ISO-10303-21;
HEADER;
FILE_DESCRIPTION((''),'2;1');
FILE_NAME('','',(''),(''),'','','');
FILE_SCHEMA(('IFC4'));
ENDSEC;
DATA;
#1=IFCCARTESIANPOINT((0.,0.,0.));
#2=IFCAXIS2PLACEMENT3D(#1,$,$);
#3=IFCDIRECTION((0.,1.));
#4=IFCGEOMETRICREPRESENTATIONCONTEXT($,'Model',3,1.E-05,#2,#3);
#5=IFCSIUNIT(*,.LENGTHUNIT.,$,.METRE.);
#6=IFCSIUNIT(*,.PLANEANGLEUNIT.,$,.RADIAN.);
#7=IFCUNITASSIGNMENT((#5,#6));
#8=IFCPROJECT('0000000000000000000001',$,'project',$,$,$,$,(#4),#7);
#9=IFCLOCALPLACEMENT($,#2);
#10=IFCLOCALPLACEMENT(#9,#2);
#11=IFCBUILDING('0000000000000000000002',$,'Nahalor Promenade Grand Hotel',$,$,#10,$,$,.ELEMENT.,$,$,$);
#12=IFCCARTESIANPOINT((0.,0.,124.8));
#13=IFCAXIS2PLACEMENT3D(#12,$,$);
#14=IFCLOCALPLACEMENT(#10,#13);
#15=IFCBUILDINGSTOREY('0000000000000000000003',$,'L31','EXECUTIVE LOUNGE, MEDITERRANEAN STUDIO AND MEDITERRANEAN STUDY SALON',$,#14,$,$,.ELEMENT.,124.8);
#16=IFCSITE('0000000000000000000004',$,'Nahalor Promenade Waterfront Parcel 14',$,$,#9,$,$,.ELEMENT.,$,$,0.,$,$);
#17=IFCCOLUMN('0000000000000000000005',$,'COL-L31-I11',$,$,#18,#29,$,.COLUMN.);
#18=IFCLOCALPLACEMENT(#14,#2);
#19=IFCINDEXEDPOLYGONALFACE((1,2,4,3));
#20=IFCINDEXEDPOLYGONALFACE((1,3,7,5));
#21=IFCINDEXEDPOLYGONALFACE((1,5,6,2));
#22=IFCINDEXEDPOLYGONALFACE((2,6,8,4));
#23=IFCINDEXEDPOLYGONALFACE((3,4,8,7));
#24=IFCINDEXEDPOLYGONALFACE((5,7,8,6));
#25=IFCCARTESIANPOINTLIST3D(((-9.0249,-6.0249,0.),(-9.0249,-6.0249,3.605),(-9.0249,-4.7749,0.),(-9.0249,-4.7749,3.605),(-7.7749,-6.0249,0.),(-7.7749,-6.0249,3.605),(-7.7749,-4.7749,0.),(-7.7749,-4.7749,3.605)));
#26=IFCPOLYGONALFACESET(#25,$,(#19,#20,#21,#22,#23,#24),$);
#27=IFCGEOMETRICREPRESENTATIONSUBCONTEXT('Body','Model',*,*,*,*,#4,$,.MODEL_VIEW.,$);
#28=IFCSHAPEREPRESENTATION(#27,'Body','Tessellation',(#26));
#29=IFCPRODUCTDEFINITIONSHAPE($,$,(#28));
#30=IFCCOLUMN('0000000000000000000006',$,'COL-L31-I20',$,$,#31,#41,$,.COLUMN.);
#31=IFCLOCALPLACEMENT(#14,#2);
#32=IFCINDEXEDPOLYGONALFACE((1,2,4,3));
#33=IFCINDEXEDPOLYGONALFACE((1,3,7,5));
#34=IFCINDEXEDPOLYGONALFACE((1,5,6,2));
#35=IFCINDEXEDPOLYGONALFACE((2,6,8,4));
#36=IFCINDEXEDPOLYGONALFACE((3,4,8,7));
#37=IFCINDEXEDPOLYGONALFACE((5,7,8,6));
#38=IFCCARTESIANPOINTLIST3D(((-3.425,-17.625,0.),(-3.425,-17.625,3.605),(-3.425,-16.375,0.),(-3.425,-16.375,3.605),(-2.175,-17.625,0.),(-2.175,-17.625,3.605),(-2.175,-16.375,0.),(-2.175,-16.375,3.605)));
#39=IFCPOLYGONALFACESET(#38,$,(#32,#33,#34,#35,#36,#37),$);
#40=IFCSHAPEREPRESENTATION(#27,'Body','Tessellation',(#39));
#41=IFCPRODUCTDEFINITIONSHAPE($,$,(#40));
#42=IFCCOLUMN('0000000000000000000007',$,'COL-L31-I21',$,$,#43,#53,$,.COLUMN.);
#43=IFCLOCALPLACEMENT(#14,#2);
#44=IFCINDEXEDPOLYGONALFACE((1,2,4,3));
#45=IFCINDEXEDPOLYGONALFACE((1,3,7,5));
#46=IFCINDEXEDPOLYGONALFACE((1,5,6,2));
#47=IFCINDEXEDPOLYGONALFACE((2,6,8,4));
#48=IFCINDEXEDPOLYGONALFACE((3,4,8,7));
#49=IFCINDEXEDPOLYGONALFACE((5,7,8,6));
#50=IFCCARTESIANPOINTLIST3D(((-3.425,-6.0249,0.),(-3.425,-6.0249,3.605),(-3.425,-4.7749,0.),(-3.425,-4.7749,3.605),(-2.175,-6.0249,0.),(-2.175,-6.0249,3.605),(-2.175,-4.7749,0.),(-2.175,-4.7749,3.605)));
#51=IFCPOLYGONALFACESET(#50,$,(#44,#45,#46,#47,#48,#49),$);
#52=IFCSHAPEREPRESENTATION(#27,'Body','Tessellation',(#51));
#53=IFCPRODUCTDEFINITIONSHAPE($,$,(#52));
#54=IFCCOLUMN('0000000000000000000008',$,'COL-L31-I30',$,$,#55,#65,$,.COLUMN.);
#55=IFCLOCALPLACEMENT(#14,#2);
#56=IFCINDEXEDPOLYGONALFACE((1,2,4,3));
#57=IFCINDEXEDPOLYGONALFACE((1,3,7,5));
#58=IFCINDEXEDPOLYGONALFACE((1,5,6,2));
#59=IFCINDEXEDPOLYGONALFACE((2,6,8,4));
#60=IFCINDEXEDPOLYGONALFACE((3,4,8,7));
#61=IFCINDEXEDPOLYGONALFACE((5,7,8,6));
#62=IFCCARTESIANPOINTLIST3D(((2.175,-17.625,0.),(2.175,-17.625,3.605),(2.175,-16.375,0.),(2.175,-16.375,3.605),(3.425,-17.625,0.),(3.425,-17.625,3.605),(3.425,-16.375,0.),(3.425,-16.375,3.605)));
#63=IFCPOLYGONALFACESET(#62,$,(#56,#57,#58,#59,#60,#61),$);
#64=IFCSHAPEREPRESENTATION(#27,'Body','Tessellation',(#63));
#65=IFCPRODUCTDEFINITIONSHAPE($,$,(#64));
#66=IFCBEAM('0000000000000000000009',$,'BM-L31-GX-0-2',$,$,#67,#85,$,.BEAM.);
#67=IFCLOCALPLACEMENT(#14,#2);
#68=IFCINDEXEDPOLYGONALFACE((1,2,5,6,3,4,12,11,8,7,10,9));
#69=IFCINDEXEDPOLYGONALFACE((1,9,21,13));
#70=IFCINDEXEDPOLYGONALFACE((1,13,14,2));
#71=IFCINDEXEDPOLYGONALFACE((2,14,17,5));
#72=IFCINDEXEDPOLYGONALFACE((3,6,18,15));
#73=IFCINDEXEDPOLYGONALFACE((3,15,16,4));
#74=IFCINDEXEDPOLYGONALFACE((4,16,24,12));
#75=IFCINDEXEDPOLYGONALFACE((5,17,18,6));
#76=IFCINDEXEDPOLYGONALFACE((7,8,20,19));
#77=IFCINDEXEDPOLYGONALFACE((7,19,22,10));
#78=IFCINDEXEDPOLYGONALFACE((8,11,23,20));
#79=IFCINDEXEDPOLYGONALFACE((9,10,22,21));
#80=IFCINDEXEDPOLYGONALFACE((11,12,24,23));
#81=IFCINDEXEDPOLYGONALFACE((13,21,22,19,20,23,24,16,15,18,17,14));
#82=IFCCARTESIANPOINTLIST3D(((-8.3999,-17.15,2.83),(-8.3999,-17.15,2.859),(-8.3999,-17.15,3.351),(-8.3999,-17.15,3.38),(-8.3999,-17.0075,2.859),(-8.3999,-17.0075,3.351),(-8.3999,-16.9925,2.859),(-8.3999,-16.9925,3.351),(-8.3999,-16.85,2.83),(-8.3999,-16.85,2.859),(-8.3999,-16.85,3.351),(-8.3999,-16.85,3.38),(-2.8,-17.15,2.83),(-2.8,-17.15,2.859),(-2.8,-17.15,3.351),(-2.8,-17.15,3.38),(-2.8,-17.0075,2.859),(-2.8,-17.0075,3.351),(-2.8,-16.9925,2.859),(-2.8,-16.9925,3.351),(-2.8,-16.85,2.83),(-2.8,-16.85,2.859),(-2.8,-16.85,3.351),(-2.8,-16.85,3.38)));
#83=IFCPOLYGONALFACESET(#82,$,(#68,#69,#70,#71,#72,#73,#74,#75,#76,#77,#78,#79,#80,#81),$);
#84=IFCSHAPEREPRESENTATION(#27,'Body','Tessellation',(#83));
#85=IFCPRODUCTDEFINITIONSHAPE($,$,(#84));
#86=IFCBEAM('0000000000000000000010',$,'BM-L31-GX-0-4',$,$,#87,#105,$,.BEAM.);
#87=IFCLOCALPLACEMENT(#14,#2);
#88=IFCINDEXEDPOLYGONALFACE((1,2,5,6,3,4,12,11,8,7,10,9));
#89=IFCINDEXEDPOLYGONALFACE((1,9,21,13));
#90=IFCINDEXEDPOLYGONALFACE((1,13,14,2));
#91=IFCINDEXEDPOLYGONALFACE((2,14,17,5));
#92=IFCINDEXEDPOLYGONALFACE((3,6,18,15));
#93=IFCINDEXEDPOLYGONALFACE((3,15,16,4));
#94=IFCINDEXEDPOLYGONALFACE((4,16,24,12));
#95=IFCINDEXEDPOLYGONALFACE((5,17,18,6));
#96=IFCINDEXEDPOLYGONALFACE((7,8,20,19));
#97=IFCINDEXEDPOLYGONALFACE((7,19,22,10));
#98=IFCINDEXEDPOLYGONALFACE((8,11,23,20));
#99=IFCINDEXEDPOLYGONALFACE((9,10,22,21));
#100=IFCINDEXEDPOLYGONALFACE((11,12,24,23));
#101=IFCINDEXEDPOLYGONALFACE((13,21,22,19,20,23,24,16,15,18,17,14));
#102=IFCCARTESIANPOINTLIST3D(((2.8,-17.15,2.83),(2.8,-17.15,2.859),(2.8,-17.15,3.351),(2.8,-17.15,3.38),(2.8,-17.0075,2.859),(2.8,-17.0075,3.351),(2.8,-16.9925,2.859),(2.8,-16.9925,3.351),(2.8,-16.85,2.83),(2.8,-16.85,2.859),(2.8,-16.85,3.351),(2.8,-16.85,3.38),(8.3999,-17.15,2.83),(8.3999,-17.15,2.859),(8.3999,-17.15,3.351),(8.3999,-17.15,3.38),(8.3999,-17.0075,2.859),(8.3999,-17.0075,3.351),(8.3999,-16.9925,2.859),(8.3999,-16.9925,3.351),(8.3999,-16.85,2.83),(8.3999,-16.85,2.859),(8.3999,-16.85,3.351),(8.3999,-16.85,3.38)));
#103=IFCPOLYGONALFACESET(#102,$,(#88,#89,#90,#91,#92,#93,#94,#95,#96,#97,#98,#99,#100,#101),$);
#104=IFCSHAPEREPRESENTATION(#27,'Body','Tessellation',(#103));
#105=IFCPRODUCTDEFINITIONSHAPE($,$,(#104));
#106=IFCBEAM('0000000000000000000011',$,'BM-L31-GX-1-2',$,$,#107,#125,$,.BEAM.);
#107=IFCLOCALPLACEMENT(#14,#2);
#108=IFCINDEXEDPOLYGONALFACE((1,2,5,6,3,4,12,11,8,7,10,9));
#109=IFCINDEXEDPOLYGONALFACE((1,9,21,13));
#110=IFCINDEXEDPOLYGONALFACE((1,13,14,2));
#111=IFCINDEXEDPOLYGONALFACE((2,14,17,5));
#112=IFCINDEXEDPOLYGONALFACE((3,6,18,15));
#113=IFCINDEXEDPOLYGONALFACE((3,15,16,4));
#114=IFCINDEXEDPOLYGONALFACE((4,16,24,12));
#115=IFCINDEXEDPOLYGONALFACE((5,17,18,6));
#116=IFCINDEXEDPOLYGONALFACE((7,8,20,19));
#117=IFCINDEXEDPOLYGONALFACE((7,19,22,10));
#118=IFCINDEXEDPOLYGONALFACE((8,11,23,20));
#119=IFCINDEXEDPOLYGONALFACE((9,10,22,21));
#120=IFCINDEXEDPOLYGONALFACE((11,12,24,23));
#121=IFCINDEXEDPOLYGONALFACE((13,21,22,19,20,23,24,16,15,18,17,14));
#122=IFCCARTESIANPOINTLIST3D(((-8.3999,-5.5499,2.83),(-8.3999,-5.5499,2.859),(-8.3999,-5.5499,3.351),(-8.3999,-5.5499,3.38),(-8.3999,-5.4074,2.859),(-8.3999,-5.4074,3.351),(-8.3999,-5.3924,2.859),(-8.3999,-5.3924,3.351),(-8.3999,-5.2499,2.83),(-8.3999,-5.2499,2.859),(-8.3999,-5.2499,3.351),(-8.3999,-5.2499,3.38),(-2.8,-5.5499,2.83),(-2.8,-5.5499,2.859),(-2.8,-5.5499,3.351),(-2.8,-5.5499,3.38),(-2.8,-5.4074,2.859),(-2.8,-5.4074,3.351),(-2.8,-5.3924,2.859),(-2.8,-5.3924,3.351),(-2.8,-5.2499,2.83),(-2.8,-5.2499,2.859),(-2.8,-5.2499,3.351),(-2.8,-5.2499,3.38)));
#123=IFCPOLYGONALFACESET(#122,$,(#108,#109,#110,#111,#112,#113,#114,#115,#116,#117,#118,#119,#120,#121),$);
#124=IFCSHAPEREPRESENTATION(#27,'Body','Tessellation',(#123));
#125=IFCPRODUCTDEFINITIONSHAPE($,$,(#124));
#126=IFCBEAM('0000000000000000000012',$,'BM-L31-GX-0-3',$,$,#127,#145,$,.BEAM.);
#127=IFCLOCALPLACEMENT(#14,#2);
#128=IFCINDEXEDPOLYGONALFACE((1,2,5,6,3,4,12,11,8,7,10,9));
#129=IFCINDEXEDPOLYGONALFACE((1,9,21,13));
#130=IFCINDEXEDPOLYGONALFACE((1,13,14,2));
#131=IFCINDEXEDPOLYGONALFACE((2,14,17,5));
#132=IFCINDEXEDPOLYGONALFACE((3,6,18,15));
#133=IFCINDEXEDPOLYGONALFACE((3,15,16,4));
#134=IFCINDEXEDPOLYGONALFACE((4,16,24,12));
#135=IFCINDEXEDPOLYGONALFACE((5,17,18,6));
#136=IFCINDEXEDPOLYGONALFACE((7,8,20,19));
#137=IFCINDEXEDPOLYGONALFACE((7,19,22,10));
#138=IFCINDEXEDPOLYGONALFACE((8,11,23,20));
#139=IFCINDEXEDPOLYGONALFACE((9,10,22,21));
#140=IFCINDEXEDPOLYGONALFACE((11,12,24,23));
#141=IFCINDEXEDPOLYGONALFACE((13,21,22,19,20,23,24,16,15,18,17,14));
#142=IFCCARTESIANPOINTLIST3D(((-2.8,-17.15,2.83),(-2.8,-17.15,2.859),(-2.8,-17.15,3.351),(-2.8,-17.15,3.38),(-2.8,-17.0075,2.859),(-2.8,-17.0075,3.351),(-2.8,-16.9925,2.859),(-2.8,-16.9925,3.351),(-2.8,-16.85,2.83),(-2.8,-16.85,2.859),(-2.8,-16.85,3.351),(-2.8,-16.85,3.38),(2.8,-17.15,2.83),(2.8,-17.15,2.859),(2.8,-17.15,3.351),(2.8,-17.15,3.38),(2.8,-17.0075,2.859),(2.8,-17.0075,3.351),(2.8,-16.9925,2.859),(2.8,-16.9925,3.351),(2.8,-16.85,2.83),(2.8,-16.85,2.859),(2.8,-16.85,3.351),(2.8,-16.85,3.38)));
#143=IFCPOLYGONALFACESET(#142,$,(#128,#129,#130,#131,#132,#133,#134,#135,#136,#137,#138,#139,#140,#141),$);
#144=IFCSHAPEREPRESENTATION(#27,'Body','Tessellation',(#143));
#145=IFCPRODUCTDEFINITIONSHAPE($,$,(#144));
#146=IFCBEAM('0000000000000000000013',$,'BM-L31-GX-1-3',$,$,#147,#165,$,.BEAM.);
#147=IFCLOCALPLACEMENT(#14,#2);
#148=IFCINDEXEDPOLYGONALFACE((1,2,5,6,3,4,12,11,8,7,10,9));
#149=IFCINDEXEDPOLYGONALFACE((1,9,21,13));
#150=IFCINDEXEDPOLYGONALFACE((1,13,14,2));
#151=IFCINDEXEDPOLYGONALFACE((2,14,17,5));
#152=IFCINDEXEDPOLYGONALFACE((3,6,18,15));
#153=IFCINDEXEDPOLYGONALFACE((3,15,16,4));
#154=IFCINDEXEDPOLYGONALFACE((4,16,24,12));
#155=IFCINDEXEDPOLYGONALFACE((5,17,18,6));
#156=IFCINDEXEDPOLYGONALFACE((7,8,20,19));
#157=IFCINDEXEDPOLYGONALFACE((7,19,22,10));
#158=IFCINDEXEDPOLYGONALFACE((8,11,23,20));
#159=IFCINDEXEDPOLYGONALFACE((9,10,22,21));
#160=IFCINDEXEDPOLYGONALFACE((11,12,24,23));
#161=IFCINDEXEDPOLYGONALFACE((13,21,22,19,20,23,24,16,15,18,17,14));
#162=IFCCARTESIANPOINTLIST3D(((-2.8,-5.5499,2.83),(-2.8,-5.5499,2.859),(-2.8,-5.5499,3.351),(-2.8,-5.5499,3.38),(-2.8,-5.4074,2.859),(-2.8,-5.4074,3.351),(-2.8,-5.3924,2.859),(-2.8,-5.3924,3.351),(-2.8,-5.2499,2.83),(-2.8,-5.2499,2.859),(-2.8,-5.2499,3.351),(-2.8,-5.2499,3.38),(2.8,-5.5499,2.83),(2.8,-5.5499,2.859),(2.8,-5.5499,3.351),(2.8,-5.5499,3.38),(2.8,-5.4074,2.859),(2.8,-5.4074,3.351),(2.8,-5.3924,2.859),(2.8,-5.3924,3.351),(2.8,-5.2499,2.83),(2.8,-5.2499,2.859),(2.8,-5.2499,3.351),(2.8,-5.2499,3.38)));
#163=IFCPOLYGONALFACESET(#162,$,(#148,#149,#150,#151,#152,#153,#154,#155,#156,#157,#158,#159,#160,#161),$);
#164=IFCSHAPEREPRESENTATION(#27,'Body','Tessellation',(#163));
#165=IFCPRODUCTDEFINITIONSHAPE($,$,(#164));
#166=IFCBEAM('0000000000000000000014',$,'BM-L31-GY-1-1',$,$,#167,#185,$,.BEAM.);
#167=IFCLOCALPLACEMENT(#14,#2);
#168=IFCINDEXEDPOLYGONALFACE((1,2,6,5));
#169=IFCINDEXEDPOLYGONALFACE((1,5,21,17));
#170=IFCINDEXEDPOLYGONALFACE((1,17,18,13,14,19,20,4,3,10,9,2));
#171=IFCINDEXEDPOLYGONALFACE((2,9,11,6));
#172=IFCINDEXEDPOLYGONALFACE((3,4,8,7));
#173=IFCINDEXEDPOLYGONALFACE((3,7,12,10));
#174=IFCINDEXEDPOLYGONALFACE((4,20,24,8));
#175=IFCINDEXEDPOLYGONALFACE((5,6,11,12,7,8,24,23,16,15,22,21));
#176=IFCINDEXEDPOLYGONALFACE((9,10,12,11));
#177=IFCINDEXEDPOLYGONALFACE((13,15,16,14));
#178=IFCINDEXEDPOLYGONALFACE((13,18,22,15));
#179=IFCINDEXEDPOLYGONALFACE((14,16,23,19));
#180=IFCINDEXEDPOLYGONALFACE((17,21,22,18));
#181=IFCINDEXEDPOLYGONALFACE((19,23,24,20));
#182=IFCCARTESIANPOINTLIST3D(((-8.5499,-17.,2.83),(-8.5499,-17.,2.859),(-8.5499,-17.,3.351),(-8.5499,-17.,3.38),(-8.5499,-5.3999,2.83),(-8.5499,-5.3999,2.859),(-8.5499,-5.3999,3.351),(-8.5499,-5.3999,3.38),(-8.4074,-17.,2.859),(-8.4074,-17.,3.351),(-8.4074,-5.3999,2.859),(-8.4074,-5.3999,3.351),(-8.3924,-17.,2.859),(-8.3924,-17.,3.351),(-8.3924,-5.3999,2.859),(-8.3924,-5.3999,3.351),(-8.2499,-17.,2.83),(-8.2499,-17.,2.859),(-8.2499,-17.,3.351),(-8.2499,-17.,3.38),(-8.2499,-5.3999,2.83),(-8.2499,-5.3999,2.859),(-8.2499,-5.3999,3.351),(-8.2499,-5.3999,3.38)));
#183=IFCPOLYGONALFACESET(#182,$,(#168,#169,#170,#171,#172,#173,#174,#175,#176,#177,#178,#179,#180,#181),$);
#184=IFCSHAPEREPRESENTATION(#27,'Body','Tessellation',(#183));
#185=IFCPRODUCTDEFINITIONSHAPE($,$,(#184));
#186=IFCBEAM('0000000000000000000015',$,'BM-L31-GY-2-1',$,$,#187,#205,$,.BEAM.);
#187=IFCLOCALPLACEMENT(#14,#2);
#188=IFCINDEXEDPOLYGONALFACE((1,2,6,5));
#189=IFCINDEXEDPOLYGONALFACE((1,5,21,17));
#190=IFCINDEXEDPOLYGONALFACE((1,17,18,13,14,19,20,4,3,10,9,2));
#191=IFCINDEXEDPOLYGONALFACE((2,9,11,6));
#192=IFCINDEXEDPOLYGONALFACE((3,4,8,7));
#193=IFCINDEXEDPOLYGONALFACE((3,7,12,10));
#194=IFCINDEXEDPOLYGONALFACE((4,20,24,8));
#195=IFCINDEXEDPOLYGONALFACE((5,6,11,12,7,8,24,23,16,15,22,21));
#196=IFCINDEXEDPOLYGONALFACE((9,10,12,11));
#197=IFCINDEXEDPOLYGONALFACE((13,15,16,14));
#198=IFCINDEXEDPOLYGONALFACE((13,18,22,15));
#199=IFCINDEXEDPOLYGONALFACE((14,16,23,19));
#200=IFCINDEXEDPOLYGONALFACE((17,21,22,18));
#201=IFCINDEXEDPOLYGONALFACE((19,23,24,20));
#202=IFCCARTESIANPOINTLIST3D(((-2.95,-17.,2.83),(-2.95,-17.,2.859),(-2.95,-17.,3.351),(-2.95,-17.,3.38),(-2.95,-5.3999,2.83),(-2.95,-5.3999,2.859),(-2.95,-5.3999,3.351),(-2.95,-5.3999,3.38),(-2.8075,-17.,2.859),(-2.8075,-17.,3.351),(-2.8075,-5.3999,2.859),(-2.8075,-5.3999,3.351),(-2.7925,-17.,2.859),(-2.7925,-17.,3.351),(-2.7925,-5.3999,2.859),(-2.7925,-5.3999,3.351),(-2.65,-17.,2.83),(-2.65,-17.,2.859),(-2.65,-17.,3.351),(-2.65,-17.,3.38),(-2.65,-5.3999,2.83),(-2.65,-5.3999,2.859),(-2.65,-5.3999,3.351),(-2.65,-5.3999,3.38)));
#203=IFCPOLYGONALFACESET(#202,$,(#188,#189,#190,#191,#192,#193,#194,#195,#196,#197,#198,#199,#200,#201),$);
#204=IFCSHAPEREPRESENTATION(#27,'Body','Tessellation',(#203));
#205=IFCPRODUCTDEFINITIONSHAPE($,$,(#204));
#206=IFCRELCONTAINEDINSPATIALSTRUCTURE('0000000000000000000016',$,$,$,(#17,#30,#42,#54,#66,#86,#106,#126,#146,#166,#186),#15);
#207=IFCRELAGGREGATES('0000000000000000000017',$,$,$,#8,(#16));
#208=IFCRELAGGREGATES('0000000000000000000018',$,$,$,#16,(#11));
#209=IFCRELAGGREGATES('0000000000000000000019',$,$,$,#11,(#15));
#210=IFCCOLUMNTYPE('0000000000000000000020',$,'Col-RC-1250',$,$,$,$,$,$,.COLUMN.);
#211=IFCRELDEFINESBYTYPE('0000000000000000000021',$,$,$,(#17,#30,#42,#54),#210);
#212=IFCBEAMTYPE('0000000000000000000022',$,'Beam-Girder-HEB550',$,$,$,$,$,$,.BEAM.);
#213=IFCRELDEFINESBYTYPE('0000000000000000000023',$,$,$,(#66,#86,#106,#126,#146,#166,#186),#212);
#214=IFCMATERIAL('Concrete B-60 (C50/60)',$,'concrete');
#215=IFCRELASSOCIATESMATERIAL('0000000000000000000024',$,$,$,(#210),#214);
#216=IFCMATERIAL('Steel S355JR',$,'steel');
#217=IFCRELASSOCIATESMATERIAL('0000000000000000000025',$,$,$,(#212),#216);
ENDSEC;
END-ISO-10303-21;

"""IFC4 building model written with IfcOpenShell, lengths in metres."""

from ifc_helpers import new_model, si_unit, direction, frame, origin, origin_2d, place, context, subcontext, project, spatial, rectangle, i_section, extrude, source, transform, mapped, material, material_profile, profile_set, type_object, element, save


model = new_model("IFC4")

# Units and contexts
model_context = context("Model", 3, precision=1e-05, world=origin(), true_north=direction((0.0, 1.0)))
body_context = subcontext(model_context, "Body", "Model", "MODEL_VIEW")
ifc_project = project(units=[si_unit("LENGTHUNIT", "METRE"), si_unit("PLANEANGLEUNIT", "RADIAN")], contexts=[model_context])

# Site, building, storey
site_placement = place(None, origin())
site = spatial("IfcSite", under=ifc_project, at=site_placement, Name="Nahalor Promenade Waterfront Parcel 14", CompositionType="ELEMENT", RefElevation=0.0)
building_placement = place(site_placement, origin())
building = spatial("IfcBuilding", under=site, at=building_placement, Name="Nahalor Promenade Grand Hotel", CompositionType="ELEMENT")
storey_placement = place(building_placement, frame((0.0, 0.0, 124.8)))
storey = spatial("IfcBuildingStorey", under=building, at=storey_placement, Name="L31", Description="EXECUTIVE LOUNGE, MEDITERRANEAN STUDIO AND MEDITERRANEAN STUDY SALON", CompositionType="ELEMENT", Elevation=124.8)

# Columns
ifc_material_1 = material(Name="Concrete B-60 (C50/60)", Category="concrete")
ifc_material_profile_1 = material_profile(ifc_material_1, rectangle(XDim=1.25, YDim=1.25, at=origin_2d()), Name="RC 1250x1250")
ifc_profile_set_1 = profile_set([ifc_material_profile_1], Name="Concrete B-60 (C50/60)")
column_type = type_object("IfcColumnType", Name="Col-RC-1250", PredefinedType="COLUMN", material=ifc_profile_set_1)
shared_shape_1 = source(origin(), body_context, "Body", "SweptSolid", [
    extrude(rectangle(XDim=1.25, YDim=1.25, at=origin_2d()), origin(), (0.0, 0.0, 1.0), 3.605),
])
for number, where, z_axis, x_axis, name in (
    (1, (-8.3999, -5.3999, 0.0), (0.0, 0.0, 1.0), (1.0, 0.0, 0.0), "COL-L31-I11"),
    (2, (-2.8, -17.0, 0.0), (0.0, 0.0, 1.0), (1.0, 0.0, 0.0), "COL-L31-I20"),
    (3, (-2.8, -5.3999, 0.0), (0.0, 0.0, 1.0), (1.0, 0.0, 0.0), "COL-L31-I21"),
    (4, (2.8, -17.0, 0.0), (0.0, 0.0, 1.0), (1.0, 0.0, 0.0), "COL-L31-I30"),
):
    element("IfcColumn", number, at=place(storey_placement, frame(where, z_axis=z_axis, x_axis=x_axis)), inside=storey, type_object=column_type, Name=name, PredefinedType="COLUMN", context=body_context, shape_type="MappedRepresentation", body=[
        mapped(shared_shape_1, transform((0.0, 0.0, 0.0), scale=1.0)),
    ])

# Beams
ifc_material_2 = material(Name="Steel S355JR", Category="steel")
ifc_material_profile_2 = material_profile(ifc_material_2, i_section(OverallWidth=0.3, OverallDepth=0.55, WebThickness=0.015, FlangeThickness=0.029, at=origin_2d()), Name="HEB 550")
ifc_profile_set_2 = profile_set([ifc_material_profile_2], Name="Steel S355JR")
beam_type_1 = type_object("IfcBeamType", Name="Beam-Girder-HEB550", PredefinedType="BEAM", material=ifc_profile_set_2)
shared_shape_2 = source(origin(), body_context, "Body", "SweptSolid", [
    extrude(i_section(OverallWidth=0.3, OverallDepth=0.55, WebThickness=0.015, FlangeThickness=0.029, at=origin_2d()), origin(), (0.0, 0.0, 1.0), 5.5999),
])
for number, where, z_axis, x_axis, name in (
    (5, (-8.3999, -17.0, 3.105), (1.0, 0.0, 0.0), (0.0, 1.0, 0.0), "BM-L31-GX-0-2"),
    (6, (2.8, -17.0, 3.105), (1.0, 0.0, 0.0), (0.0, 1.0, 0.0), "BM-L31-GX-0-4"),
    (7, (-8.3999, -5.3999, 3.105), (1.0, 0.0, 0.0), (0.0, 1.0, 0.0), "BM-L31-GX-1-2"),
):
    element("IfcBeam", number, at=place(storey_placement, frame(where, z_axis=z_axis, x_axis=x_axis)), inside=storey, type_object=beam_type_1, Name=name, PredefinedType="BEAM", context=body_context, shape_type="MappedRepresentation", body=[
        mapped(shared_shape_2, transform((0.0, 0.0, 0.0), scale=1.0)),
    ])
shared_shape_3 = source(origin(), body_context, "Body", "SweptSolid", [
    extrude(i_section(OverallWidth=0.3, OverallDepth=0.55, WebThickness=0.015, FlangeThickness=0.029, at=origin_2d()), origin(), (0.0, 0.0, 1.0), 5.6001),
])
for number, where, z_axis, x_axis, name in (
    (8, (-2.8, -17.0, 3.105), (1.0, 0.0, 0.0), (0.0, 1.0, 0.0), "BM-L31-GX-0-3"),
    (9, (-2.8, -5.3999, 3.105), (1.0, 0.0, 0.0), (0.0, 1.0, 0.0), "BM-L31-GX-1-3"),
):
    element("IfcBeam", number, at=place(storey_placement, frame(where, z_axis=z_axis, x_axis=x_axis)), inside=storey, type_object=beam_type_1, Name=name, PredefinedType="BEAM", context=body_context, shape_type="MappedRepresentation", body=[
        mapped(shared_shape_3, transform((0.0, 0.0, 0.0), scale=1.0)),
    ])
shared_shape_4 = source(origin(), body_context, "Body", "SweptSolid", [
    extrude(i_section(OverallWidth=0.3, OverallDepth=0.55, WebThickness=0.015, FlangeThickness=0.029, at=origin_2d()), origin(), (0.0, 0.0, 1.0), 11.6001),
])
for number, where, z_axis, x_axis, name in (
    (10, (-8.3999, -17.0, 3.105), (0.0, 1.0, 0.0), (-1.0, 0.0, 0.0), "BM-L31-GY-1-1"),
    (11, (-2.8, -17.0, 3.105), (0.0, 1.0, 0.0), (-1.0, 0.0, 0.0), "BM-L31-GY-2-1"),
):
    element("IfcBeam", number, at=place(storey_placement, frame(where, z_axis=z_axis, x_axis=x_axis)), inside=storey, type_object=beam_type_1, Name=name, PredefinedType="BEAM", context=body_context, shape_type="MappedRepresentation", body=[
        mapped(shared_shape_4, transform((0.0, 0.0, 0.0), scale=1.0)),
    ])

save(model, "model.ifc")
